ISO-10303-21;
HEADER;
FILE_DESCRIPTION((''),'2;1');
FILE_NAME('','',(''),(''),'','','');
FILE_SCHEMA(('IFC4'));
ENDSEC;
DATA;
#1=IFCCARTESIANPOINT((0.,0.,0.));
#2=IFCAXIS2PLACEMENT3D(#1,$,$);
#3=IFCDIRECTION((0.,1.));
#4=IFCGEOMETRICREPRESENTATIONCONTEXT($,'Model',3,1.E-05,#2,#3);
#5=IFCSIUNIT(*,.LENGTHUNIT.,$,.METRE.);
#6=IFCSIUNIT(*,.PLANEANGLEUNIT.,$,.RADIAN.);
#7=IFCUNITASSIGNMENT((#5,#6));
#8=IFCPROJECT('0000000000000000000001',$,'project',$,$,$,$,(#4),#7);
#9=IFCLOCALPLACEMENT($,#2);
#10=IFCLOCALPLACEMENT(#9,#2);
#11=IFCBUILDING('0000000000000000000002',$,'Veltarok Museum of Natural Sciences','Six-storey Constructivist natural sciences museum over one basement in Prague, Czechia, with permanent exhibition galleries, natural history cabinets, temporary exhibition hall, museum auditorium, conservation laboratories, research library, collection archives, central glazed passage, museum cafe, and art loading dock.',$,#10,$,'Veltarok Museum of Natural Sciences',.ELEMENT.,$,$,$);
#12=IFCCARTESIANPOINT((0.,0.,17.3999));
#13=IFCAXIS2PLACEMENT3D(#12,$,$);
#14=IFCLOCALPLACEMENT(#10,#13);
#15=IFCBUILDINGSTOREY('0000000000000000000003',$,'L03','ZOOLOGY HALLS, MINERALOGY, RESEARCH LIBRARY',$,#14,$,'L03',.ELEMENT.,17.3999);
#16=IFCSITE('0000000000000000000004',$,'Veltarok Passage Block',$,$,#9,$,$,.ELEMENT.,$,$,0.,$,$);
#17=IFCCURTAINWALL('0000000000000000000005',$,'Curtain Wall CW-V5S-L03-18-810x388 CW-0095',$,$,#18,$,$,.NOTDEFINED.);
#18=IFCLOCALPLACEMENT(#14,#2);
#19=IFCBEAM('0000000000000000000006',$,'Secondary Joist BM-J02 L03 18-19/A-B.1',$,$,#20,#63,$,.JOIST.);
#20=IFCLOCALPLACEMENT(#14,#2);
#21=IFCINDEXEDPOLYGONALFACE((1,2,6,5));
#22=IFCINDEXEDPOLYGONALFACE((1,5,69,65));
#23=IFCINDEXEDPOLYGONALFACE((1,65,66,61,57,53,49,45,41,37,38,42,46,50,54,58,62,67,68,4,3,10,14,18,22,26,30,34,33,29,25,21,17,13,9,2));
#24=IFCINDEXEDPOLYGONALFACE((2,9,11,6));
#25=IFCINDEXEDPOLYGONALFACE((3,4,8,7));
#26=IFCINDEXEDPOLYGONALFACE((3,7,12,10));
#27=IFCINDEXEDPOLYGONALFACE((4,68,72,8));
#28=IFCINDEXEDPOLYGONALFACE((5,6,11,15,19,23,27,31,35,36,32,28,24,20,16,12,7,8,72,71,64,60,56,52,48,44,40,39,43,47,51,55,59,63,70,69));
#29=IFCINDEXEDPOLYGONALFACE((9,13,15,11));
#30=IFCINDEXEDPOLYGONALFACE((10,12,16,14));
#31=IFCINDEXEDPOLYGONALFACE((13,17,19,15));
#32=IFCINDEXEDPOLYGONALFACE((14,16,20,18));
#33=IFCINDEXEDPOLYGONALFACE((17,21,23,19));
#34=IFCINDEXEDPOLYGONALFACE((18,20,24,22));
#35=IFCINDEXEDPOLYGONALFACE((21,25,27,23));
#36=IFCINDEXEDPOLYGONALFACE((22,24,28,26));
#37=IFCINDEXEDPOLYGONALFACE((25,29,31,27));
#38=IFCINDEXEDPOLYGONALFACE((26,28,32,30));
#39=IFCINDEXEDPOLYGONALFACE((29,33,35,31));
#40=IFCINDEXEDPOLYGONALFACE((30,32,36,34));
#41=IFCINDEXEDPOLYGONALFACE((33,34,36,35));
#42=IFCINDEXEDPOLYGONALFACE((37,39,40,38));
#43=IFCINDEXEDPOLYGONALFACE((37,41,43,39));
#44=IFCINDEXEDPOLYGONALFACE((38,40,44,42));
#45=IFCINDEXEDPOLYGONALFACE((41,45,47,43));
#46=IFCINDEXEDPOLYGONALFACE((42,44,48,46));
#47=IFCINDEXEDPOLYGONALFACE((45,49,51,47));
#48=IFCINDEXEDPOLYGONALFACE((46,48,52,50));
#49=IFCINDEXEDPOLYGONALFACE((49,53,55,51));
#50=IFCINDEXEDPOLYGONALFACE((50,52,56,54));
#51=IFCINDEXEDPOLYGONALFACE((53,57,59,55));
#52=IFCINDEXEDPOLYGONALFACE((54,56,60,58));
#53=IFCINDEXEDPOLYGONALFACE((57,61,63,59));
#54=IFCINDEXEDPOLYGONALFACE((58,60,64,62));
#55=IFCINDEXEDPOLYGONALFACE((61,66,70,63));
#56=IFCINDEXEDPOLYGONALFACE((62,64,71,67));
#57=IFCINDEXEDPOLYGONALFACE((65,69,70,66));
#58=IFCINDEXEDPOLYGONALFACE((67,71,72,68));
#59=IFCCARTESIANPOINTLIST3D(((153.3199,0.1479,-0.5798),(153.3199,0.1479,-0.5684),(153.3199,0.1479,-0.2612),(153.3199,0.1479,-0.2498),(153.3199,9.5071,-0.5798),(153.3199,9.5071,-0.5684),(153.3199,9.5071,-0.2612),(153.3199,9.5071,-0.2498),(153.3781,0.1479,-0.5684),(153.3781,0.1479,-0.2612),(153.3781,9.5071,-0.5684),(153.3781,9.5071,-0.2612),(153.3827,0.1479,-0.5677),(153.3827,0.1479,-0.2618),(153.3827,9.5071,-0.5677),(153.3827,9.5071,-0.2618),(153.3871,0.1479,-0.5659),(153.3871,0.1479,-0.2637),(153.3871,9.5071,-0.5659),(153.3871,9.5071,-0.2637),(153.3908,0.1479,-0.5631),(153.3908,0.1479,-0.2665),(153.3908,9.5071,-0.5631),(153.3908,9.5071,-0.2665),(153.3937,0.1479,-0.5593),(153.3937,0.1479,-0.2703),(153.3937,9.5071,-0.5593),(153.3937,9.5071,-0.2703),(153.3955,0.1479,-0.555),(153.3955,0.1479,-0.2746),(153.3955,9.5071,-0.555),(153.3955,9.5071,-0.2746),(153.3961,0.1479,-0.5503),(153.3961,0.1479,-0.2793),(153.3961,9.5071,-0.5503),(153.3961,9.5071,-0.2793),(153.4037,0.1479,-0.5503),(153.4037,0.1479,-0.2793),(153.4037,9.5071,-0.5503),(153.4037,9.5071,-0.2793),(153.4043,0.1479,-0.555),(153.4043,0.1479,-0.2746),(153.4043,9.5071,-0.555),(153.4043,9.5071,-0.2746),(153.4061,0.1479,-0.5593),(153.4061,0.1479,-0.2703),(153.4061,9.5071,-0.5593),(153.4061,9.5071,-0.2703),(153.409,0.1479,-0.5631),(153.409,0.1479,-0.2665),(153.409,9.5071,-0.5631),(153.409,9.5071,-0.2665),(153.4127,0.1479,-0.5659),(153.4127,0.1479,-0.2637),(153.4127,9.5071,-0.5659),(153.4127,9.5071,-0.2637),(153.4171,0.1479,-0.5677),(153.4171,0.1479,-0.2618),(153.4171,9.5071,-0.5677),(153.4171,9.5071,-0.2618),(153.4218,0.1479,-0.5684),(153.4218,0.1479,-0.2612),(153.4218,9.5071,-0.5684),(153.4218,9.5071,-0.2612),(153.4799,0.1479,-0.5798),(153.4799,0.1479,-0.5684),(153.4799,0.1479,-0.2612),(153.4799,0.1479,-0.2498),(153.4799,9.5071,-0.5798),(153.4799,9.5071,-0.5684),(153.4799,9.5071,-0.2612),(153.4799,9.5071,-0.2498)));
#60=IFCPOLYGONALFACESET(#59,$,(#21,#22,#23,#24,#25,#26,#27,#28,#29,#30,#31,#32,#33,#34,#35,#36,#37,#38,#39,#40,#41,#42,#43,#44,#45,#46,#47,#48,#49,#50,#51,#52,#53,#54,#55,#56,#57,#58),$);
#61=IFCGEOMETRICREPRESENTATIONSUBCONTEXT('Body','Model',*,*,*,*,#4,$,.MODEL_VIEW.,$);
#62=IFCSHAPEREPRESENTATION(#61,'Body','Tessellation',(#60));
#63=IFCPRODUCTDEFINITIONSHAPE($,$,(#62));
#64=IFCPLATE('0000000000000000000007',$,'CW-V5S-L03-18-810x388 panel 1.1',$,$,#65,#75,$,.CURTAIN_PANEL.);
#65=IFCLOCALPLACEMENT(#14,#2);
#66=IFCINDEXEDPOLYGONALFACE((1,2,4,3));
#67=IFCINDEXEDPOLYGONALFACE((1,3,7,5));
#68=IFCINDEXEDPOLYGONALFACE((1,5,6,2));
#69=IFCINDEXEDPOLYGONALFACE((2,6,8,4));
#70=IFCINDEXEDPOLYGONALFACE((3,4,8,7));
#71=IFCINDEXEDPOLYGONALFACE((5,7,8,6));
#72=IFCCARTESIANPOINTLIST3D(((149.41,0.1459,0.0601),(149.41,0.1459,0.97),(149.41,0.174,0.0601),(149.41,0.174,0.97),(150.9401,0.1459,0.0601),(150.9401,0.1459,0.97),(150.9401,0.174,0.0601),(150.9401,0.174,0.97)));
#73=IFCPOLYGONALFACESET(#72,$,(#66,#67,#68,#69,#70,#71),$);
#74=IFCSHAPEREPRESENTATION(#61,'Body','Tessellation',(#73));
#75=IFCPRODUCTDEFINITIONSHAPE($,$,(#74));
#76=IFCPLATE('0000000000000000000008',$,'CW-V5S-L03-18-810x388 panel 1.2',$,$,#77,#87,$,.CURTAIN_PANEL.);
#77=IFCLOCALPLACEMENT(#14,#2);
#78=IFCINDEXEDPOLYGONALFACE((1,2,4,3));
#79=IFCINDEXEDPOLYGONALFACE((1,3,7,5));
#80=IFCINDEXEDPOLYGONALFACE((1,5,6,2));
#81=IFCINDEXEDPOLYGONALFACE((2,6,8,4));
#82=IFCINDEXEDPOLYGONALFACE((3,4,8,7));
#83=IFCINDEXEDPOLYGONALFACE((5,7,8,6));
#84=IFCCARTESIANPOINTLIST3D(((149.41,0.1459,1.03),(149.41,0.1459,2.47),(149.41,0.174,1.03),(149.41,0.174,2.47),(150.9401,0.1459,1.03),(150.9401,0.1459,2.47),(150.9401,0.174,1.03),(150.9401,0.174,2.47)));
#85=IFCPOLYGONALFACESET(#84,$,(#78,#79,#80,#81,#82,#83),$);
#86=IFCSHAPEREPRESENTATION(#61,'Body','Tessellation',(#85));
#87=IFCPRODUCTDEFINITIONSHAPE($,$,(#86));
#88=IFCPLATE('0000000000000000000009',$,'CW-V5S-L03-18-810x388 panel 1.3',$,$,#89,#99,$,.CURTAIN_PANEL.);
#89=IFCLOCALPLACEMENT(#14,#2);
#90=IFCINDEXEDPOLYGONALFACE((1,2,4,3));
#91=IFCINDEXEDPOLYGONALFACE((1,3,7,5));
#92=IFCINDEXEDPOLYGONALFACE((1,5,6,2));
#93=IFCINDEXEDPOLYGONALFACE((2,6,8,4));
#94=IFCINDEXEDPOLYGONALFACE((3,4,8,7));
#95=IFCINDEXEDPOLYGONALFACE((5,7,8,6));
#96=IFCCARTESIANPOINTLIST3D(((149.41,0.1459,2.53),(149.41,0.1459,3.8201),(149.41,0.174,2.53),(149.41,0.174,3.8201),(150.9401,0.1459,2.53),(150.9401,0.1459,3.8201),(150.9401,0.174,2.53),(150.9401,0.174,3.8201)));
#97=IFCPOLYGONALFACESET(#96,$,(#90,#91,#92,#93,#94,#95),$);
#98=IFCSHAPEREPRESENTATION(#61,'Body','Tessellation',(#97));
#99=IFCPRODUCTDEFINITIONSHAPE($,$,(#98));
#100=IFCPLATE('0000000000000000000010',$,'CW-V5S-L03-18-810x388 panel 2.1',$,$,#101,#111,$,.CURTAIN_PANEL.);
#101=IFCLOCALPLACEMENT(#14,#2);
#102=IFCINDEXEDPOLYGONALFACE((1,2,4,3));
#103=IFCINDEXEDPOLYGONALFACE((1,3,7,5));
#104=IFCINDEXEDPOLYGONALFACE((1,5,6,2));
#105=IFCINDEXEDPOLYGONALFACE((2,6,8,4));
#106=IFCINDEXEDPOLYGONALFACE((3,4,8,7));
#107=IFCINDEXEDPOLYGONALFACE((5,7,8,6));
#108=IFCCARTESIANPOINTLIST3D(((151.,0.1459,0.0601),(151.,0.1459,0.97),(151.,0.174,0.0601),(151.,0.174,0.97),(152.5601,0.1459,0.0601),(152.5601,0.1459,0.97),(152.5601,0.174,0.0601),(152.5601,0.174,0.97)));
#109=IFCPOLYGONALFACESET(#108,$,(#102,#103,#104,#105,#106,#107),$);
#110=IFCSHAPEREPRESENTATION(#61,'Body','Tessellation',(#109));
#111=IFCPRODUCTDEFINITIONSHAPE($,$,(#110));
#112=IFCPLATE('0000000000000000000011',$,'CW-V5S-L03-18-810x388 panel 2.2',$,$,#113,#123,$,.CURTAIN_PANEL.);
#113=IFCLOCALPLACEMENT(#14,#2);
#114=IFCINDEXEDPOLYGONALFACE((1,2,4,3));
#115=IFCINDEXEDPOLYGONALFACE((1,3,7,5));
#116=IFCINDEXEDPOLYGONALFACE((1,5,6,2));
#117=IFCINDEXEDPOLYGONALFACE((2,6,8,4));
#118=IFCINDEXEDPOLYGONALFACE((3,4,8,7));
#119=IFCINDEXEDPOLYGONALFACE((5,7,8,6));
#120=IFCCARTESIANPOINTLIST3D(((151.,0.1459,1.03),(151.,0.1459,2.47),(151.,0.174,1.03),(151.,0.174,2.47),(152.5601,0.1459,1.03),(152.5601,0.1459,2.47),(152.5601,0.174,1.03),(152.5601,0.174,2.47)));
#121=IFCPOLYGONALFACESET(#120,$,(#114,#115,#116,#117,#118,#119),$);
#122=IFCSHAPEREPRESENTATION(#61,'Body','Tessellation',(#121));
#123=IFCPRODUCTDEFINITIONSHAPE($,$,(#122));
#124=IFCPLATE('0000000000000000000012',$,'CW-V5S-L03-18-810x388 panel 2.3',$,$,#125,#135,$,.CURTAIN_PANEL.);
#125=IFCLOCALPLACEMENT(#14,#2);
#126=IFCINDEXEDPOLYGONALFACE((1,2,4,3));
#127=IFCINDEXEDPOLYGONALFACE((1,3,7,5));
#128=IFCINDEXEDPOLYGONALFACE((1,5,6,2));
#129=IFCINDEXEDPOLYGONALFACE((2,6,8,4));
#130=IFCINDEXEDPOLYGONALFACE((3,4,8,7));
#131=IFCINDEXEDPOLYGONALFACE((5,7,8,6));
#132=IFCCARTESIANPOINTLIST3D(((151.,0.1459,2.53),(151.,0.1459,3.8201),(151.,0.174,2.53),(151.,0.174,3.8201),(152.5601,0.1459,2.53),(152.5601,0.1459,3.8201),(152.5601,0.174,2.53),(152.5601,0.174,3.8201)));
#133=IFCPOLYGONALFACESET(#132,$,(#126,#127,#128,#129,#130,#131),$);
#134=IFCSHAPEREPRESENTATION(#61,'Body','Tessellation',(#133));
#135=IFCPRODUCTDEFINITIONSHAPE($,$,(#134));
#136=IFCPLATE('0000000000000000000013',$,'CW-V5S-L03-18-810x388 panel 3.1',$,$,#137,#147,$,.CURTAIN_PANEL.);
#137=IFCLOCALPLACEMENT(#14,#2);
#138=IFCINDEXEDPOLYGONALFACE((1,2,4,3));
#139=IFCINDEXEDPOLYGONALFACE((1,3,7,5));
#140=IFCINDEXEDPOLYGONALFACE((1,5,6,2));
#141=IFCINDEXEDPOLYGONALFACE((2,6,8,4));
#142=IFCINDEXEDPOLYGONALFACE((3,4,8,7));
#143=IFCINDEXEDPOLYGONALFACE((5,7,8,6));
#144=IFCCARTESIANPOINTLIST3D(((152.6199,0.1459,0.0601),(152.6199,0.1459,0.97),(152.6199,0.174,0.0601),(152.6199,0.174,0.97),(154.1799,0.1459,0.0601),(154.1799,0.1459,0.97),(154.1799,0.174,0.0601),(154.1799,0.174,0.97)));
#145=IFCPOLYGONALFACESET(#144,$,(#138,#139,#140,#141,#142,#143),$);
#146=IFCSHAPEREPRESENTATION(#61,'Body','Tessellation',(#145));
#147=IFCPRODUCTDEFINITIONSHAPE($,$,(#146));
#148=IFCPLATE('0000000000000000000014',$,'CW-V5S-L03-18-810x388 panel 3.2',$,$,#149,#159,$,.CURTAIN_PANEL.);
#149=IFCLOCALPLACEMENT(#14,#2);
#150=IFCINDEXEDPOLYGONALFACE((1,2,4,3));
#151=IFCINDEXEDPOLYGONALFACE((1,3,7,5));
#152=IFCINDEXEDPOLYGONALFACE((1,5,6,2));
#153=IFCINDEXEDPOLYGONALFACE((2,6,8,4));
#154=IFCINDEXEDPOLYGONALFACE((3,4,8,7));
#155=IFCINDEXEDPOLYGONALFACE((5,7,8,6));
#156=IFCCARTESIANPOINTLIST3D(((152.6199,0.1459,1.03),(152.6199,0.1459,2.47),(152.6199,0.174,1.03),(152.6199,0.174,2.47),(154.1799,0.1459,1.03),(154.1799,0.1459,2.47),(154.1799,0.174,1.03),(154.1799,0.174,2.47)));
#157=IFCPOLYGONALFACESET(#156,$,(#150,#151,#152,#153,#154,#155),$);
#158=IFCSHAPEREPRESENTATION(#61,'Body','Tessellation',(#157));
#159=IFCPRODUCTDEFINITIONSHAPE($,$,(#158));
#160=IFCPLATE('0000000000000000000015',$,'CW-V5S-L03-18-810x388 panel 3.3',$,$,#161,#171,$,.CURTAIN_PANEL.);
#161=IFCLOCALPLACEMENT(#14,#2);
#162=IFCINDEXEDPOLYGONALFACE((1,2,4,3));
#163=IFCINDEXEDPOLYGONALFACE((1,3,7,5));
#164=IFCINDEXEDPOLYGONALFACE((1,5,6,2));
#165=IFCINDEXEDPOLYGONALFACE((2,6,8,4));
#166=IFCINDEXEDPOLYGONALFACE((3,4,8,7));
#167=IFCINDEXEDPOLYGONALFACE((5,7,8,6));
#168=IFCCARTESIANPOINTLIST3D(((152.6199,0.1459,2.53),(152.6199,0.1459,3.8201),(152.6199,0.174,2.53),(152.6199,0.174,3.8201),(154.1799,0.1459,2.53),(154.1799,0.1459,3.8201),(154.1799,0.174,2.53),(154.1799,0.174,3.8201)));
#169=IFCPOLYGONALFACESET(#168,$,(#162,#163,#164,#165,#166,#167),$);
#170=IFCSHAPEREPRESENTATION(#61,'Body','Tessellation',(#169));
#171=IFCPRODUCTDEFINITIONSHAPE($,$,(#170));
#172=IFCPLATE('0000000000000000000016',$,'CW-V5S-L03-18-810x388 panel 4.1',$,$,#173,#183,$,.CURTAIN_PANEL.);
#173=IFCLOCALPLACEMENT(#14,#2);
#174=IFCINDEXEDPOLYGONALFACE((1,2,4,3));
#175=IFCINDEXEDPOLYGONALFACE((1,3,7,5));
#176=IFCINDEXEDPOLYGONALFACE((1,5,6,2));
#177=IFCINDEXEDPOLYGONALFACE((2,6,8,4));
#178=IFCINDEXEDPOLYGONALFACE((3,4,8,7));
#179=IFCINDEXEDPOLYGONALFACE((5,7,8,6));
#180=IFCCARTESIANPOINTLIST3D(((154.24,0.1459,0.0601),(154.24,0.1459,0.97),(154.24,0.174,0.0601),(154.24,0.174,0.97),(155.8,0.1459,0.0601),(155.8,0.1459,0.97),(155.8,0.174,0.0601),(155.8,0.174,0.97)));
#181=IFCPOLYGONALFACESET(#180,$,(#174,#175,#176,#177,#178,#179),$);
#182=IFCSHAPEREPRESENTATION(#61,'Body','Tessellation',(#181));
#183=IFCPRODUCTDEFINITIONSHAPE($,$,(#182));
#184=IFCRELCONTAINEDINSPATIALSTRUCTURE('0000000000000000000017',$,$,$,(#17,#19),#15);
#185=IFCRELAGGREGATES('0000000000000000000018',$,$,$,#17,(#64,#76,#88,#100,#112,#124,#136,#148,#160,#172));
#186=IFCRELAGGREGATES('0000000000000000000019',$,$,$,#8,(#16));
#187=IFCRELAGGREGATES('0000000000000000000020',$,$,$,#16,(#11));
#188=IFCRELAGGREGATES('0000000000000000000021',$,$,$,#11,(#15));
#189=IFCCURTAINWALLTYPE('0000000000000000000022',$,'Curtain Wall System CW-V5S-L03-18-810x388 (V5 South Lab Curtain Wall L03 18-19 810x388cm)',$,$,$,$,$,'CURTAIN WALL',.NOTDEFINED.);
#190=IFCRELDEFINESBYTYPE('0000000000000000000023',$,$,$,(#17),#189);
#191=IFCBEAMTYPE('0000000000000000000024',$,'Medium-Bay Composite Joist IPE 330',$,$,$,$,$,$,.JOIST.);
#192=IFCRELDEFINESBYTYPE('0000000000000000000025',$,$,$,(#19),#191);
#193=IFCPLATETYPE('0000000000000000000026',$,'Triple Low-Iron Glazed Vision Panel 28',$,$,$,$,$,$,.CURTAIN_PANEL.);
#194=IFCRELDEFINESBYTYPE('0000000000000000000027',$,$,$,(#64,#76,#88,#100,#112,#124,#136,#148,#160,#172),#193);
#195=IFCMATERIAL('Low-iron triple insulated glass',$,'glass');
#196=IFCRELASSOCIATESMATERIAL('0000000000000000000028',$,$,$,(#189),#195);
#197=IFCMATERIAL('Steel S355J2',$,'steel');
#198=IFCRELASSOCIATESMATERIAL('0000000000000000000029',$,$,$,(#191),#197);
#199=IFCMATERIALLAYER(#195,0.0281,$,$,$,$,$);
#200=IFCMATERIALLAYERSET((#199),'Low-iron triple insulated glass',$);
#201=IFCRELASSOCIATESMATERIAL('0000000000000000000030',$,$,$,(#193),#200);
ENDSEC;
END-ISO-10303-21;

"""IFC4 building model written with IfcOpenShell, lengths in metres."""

from ifc_helpers import new_model, si_unit, direction, frame, origin, origin_2d, place, context, subcontext, project, spatial, rectangle, i_section, extrude, material, layer, layer_set, material_profile, profile_set, type_object, element, aggregate, save


model = new_model("IFC4")

# Units and contexts
model_context = context("Model", 3, precision=1e-05, world=origin(), true_north=direction((0.0, 1.0)))
body_context = subcontext(model_context, "Body", "Model", "MODEL_VIEW")
ifc_project = project(units=[si_unit("LENGTHUNIT", "METRE"), si_unit("PLANEANGLEUNIT", "RADIAN")], contexts=[model_context])

# Site, building, storey
site_placement = place(None, origin())
site = spatial("IfcSite", under=ifc_project, at=site_placement, Name="Veltarok Passage Block", CompositionType="ELEMENT", RefElevation=0.0)
building_placement = place(site_placement, origin())
building = spatial("IfcBuilding", under=site, at=building_placement, Name="Veltarok Museum of Natural Sciences", Description="Six-storey Constructivist natural sciences museum over one basement in Prague, Czechia, with permanent exhibition galleries, natural history cabinets, temporary exhibition hall, museum auditorium, conservation laboratories, research library, collection archives, central glazed passage, museum cafe, and art loading dock.", LongName="Veltarok Museum of Natural Sciences", CompositionType="ELEMENT")
storey_placement = place(building_placement, frame((0.0, 0.0, 17.3999)))
storey = spatial("IfcBuildingStorey", under=building, at=storey_placement, Name="L03", Description="ZOOLOGY HALLS, MINERALOGY, RESEARCH LIBRARY", LongName="L03", CompositionType="ELEMENT", Elevation=17.3999)

# Curtain wall
ifc_material_1 = material(Name="Low-iron triple insulated glass", Category="glass")
curtain_wall_type = type_object("IfcCurtainWallType", Name="Curtain Wall System CW-V5S-L03-18-810x388 (V5 South Lab Curtain Wall L03 18-19 810x388cm)", ElementType="CURTAIN WALL", PredefinedType="NOTDEFINED", material=ifc_material_1)
curtain_wall_placement = place(storey_placement, origin())
curtain_wall = element("IfcCurtainWall", 1, at=curtain_wall_placement, inside=storey, type_object=curtain_wall_type, Name="Curtain Wall CW-V5S-L03-18-810x388 CW-0095", PredefinedType="NOTDEFINED")

# Beam
ifc_material_2 = material(Name="Steel S355J2", Category="steel")
ifc_material_profile_1 = material_profile(ifc_material_2, i_section(OverallWidth=0.1599, OverallDepth=0.3301, WebThickness=0.0076, FlangeThickness=0.0115, FilletRadius=0.0181, at=origin_2d()), Name="IPE 330")
ifc_profile_set_1 = profile_set([ifc_material_profile_1], Name="Steel S355J2")
beam_type = type_object("IfcBeamType", Name="Medium-Bay Composite Joist IPE 330", PredefinedType="JOIST", material=ifc_profile_set_1)
beam_placement = place(storey_placement, frame((153.3999, 0.1479, -0.4148), z_axis=(0.0, 1.0, 0.0), x_axis=(-1.0, 0.0, 0.0)))
element("IfcBeam", 2, at=beam_placement, inside=storey, type_object=beam_type, Name="Secondary Joist BM-J02 L03 18-19/A-B.1", PredefinedType="JOIST", context=body_context, shape_type="SweptSolid", body=[
    extrude(i_section(OverallWidth=0.1599, OverallDepth=0.3301, WebThickness=0.0076, FlangeThickness=0.0115, FilletRadius=0.0181, at=origin_2d()), origin(), (0.0, 0.0, 1.0), 9.3591),
])

# Plates
ifc_layer = layer(ifc_material_1, 0.0281)
ifc_layer_set = layer_set([ifc_layer], Name="Low-iron triple insulated glass")
plate_type = type_object("IfcPlateType", Name="Triple Low-Iron Glazed Vision Panel 28", PredefinedType="CURTAIN_PANEL", material=ifc_layer_set)
plate_1_placement = place(storey_placement, frame((150.175, 0.1599, 0.0601), z_axis=(0.0, 0.0, 1.0), x_axis=(1.0, 0.0, 0.0)))
plate_1 = element("IfcPlate", 3, at=plate_1_placement, type_object=plate_type, Name="CW-V5S-L03-18-810x388 panel 1.1", PredefinedType="CURTAIN_PANEL", context=body_context, shape_type="SweptSolid", body=[
    extrude(rectangle(XDim=1.53, YDim=0.0281, at=origin_2d()), origin(), (0.0, 0.0, 1.0), 0.9099),
])
plate_2_placement = place(storey_placement, frame((150.175, 0.1599, 1.03), z_axis=(0.0, 0.0, 1.0), x_axis=(1.0, 0.0, 0.0)))
plate_2 = element("IfcPlate", 4, at=plate_2_placement, type_object=plate_type, Name="CW-V5S-L03-18-810x388 panel 1.2", PredefinedType="CURTAIN_PANEL", context=body_context, shape_type="SweptSolid", body=[
    extrude(rectangle(XDim=1.53, YDim=0.0281, at=origin_2d()), origin(), (0.0, 0.0, 1.0), 1.4399),
])
plate_3_placement = place(storey_placement, frame((150.175, 0.1599, 2.53), z_axis=(0.0, 0.0, 1.0), x_axis=(1.0, 0.0, 0.0)))
plate_3 = element("IfcPlate", 5, at=plate_3_placement, type_object=plate_type, Name="CW-V5S-L03-18-810x388 panel 1.3", PredefinedType="CURTAIN_PANEL", context=body_context, shape_type="SweptSolid", body=[
    extrude(rectangle(XDim=1.53, YDim=0.0281, at=origin_2d()), origin(), (0.0, 0.0, 1.0), 1.29),
])
plate_4_placement = place(storey_placement, frame((151.78, 0.1599, 0.0601), z_axis=(0.0, 0.0, 1.0), x_axis=(1.0, 0.0, 0.0)))
plate_4 = element("IfcPlate", 6, at=plate_4_placement, type_object=plate_type, Name="CW-V5S-L03-18-810x388 panel 2.1", PredefinedType="CURTAIN_PANEL", context=body_context, shape_type="SweptSolid", body=[
    extrude(rectangle(XDim=1.5601, YDim=0.0281, at=origin_2d()), origin(), (0.0, 0.0, 1.0), 0.9099),
])
plate_5_placement = place(storey_placement, frame((151.78, 0.1599, 1.03), z_axis=(0.0, 0.0, 1.0), x_axis=(1.0, 0.0, 0.0)))
plate_5 = element("IfcPlate", 7, at=plate_5_placement, type_object=plate_type, Name="CW-V5S-L03-18-810x388 panel 2.2", PredefinedType="CURTAIN_PANEL", context=body_context, shape_type="SweptSolid", body=[
    extrude(rectangle(XDim=1.5601, YDim=0.0281, at=origin_2d()), origin(), (0.0, 0.0, 1.0), 1.4399),
])
plate_6_placement = place(storey_placement, frame((151.78, 0.1599, 2.53), z_axis=(0.0, 0.0, 1.0), x_axis=(1.0, 0.0, 0.0)))
plate_6 = element("IfcPlate", 8, at=plate_6_placement, type_object=plate_type, Name="CW-V5S-L03-18-810x388 panel 2.3", PredefinedType="CURTAIN_PANEL", context=body_context, shape_type="SweptSolid", body=[
    extrude(rectangle(XDim=1.5601, YDim=0.0281, at=origin_2d()), origin(), (0.0, 0.0, 1.0), 1.29),
])
plate_7_placement = place(storey_placement, frame((153.3999, 0.1599, 0.0601), z_axis=(0.0, 0.0, 1.0), x_axis=(1.0, 0.0, 0.0)))
plate_7 = element("IfcPlate", 9, at=plate_7_placement, type_object=plate_type, Name="CW-V5S-L03-18-810x388 panel 3.1", PredefinedType="CURTAIN_PANEL", context=body_context, shape_type="SweptSolid", body=[
    extrude(rectangle(XDim=1.5601, YDim=0.0281, at=origin_2d()), origin(), (0.0, 0.0, 1.0), 0.9099),
])
plate_8_placement = place(storey_placement, frame((153.3999, 0.1599, 1.03), z_axis=(0.0, 0.0, 1.0), x_axis=(1.0, 0.0, 0.0)))
plate_8 = element("IfcPlate", 10, at=plate_8_placement, type_object=plate_type, Name="CW-V5S-L03-18-810x388 panel 3.2", PredefinedType="CURTAIN_PANEL", context=body_context, shape_type="SweptSolid", body=[
    extrude(rectangle(XDim=1.5601, YDim=0.0281, at=origin_2d()), origin(), (0.0, 0.0, 1.0), 1.4399),
])
plate_9_placement = place(storey_placement, frame((153.3999, 0.1599, 2.53), z_axis=(0.0, 0.0, 1.0), x_axis=(1.0, 0.0, 0.0)))
plate_9 = element("IfcPlate", 11, at=plate_9_placement, type_object=plate_type, Name="CW-V5S-L03-18-810x388 panel 3.3", PredefinedType="CURTAIN_PANEL", context=body_context, shape_type="SweptSolid", body=[
    extrude(rectangle(XDim=1.5601, YDim=0.0281, at=origin_2d()), origin(), (0.0, 0.0, 1.0), 1.29),
])
plate_10_placement = place(storey_placement, frame((155.02, 0.1599, 0.0601), z_axis=(0.0, 0.0, 1.0), x_axis=(1.0, 0.0, 0.0)))
plate_10 = element("IfcPlate", 12, at=plate_10_placement, type_object=plate_type, Name="CW-V5S-L03-18-810x388 panel 4.1", PredefinedType="CURTAIN_PANEL", context=body_context, shape_type="SweptSolid", body=[
    extrude(rectangle(XDim=1.5601, YDim=0.0281, at=origin_2d()), origin(), (0.0, 0.0, 1.0), 0.9099),
])
aggregate(curtain_wall, [plate_1, plate_2, plate_3, plate_4, plate_5, plate_6, plate_7, plate_8, plate_9, plate_10])

save(model, "model.ifc")
